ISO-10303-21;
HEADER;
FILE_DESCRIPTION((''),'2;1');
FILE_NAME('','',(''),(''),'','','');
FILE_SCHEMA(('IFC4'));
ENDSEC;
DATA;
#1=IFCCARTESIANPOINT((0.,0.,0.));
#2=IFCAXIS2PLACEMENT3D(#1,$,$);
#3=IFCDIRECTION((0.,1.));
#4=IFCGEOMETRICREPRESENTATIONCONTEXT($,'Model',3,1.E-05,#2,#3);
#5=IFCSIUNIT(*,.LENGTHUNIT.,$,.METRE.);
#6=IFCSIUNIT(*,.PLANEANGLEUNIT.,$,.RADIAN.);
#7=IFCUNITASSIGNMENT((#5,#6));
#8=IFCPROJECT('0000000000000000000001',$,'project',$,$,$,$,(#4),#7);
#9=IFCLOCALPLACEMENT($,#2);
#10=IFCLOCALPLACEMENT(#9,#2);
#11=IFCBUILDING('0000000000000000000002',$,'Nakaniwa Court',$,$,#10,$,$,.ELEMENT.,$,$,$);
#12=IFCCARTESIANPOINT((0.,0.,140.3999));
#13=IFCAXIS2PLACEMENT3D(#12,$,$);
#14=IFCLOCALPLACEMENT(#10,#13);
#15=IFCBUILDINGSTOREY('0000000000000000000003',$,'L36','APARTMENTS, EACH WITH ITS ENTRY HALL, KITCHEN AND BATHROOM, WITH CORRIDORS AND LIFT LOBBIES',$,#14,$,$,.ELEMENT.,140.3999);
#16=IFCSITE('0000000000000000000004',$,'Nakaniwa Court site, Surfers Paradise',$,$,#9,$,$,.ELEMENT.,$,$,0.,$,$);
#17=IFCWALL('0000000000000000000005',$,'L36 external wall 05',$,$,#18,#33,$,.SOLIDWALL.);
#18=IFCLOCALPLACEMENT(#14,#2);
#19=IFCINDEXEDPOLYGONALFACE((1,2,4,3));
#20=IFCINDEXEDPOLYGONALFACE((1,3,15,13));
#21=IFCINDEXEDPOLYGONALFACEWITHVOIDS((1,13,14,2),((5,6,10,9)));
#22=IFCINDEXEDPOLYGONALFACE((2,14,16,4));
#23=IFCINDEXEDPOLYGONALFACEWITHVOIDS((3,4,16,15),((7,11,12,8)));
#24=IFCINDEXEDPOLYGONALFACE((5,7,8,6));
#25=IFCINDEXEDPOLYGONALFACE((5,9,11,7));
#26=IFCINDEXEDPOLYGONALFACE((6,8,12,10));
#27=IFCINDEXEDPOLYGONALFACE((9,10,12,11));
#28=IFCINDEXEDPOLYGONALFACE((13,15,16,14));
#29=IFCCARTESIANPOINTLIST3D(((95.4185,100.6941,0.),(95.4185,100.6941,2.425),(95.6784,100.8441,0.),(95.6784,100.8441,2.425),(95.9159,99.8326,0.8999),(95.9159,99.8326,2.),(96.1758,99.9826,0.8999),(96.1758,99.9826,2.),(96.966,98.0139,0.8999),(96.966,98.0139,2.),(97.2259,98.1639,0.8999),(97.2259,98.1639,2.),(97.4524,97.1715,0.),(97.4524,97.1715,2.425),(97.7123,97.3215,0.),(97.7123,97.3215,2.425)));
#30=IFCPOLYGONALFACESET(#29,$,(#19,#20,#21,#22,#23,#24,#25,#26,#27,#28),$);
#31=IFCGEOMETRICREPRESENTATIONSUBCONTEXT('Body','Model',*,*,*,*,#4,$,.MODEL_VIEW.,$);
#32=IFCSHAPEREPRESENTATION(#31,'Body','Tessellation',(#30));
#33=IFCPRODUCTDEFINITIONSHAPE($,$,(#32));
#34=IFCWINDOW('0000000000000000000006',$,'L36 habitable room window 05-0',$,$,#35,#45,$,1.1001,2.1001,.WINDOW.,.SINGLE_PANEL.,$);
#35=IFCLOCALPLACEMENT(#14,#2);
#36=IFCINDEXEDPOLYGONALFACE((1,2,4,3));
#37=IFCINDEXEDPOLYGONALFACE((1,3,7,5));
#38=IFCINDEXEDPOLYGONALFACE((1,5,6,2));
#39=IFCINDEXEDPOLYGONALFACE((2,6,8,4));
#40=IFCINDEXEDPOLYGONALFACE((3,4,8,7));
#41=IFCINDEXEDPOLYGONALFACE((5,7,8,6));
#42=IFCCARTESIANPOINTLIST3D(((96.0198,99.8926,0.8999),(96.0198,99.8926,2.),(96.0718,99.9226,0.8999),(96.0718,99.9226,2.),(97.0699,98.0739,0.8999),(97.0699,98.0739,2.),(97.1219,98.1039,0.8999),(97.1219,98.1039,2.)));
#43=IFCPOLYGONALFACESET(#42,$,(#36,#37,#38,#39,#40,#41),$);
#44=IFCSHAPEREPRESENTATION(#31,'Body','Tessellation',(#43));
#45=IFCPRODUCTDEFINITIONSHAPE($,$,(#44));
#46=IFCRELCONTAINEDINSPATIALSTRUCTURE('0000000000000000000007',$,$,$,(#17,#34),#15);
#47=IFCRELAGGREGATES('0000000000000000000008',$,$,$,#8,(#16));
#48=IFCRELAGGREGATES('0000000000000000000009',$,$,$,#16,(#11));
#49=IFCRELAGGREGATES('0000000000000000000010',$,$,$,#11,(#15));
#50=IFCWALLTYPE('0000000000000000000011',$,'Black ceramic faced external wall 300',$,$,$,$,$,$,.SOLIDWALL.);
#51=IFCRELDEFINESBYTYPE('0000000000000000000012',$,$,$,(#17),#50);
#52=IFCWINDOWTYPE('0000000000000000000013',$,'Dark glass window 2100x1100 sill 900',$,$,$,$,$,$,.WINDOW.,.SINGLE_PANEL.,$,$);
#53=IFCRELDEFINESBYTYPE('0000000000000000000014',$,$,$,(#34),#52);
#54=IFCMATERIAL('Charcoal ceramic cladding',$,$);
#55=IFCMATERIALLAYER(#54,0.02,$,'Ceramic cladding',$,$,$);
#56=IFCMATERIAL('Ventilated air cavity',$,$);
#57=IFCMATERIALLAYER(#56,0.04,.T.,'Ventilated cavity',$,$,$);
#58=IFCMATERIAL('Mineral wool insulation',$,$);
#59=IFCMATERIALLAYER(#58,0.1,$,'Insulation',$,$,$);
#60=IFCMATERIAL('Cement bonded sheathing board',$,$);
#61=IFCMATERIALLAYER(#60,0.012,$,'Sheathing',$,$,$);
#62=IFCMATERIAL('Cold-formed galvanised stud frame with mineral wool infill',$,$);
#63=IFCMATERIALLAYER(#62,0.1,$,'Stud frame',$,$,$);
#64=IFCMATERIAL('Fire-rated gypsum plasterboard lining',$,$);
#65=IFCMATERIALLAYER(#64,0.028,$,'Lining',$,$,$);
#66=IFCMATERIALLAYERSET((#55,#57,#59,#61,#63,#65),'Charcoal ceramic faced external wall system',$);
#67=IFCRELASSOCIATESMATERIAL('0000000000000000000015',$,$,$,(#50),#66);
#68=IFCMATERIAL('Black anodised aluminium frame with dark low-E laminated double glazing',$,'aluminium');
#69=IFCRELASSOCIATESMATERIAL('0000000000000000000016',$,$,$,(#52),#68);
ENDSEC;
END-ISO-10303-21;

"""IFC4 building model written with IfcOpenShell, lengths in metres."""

from ifc_helpers import new_model, si_unit, direction, frame, frame_2d, origin, place, context, subcontext, project, spatial, rectangle, extrude, material, layer, layer_set, type_object, element, fill, save


model = new_model("IFC4")

# Units and contexts
model_context = context("Model", 3, precision=1e-05, world=origin(), true_north=direction((0.0, 1.0)))
body_context = subcontext(model_context, "Body", "Model", "MODEL_VIEW")
ifc_project = project(units=[si_unit("LENGTHUNIT", "METRE"), si_unit("PLANEANGLEUNIT", "RADIAN")], contexts=[model_context])

# Site, building, storey
site_placement = place(None, origin())
site = spatial("IfcSite", under=ifc_project, at=site_placement, Name="Nakaniwa Court site, Surfers Paradise", CompositionType="ELEMENT", RefElevation=0.0)
building_placement = place(site_placement, origin())
building = spatial("IfcBuilding", under=site, at=building_placement, Name="Nakaniwa Court", CompositionType="ELEMENT")
storey_placement = place(building_placement, frame((0.0, 0.0, 140.3999)))
storey = spatial("IfcBuildingStorey", under=building, at=storey_placement, Name="L36", Description="APARTMENTS, EACH WITH ITS ENTRY HALL, KITCHEN AND BATHROOM, WITH CORRIDORS AND LIFT LOBBIES", CompositionType="ELEMENT", Elevation=140.3999)

# Wall, opening, window
ifc_material_1 = material(Name="Charcoal ceramic cladding")
ifc_layer_1 = layer(ifc_material_1, 0.02, Name="Ceramic cladding")
ifc_material_2 = material(Name="Ventilated air cavity")
ifc_layer_2 = layer(ifc_material_2, 0.04, ventilated=True, Name="Ventilated cavity")
ifc_material_3 = material(Name="Mineral wool insulation")
ifc_layer_3 = layer(ifc_material_3, 0.1, Name="Insulation")
ifc_material_4 = material(Name="Cement bonded sheathing board")
ifc_layer_4 = layer(ifc_material_4, 0.012, Name="Sheathing")
ifc_material_5 = material(Name="Cold-formed galvanised stud frame with mineral wool infill")
ifc_layer_5 = layer(ifc_material_5, 0.1, Name="Stud frame")
ifc_material_6 = material(Name="Fire-rated gypsum plasterboard lining")
ifc_layer_6 = layer(ifc_material_6, 0.028, Name="Lining")
ifc_layer_set_1 = layer_set([ifc_layer_1, ifc_layer_2, ifc_layer_3, ifc_layer_4, ifc_layer_5, ifc_layer_6], Name="Charcoal ceramic faced external wall system")
wall_type_1 = type_object("IfcWallType", Name="Black ceramic faced external wall 300", PredefinedType="SOLIDWALL", material=ifc_layer_set_1)
ifc_material_7 = material(Name="Black anodised aluminium frame with dark low-E laminated double glazing", Category="aluminium")
window_type = type_object("IfcWindowType", Name="Dark glass window 2100x1100 sill 900", PartitioningType="SINGLE_PANEL", PredefinedType="WINDOW", material=ifc_material_7)
wall_1_placement = place(storey_placement, frame((97.5823, 97.2466, 0.0), z_axis=(0.0, 0.0, 1.0), x_axis=(-0.500019, 0.866015, 0.0)))
wall_1 = element("IfcWall", 1, at=wall_1_placement, inside=storey, type_object=wall_type_1, Name="L36 external wall 05", PredefinedType="SOLIDWALL", context=body_context, shape_type="SweptSolid", body=[
    extrude(rectangle(XDim=4.0676, YDim=0.3, at=frame_2d((2.0337, 0.0))), origin(), (0.0, 0.0, 1.0), 2.425),
])
opening_1_placement = place(wall_1_placement, frame((0.9727, 0.0, 0.8999)))
opening_1 = element("IfcOpeningElement", 2, at=opening_1_placement, cuts=wall_1, PredefinedType="OPENING", context=body_context, shape_type="SweptSolid", body=[
    extrude(rectangle(XDim=2.1001, YDim=1.1001, at=frame_2d((1.05, 0.55))), frame((0.0, 0.1599, 0.0), z_axis=(0.0, -1.0, 0.0), x_axis=(1.0, 0.0, 0.0)), (0.0, 0.0, 1.0), 0.3201),
])
window_1_placement = place(opening_1_placement, origin())
window_1 = element("IfcWindow", 3, at=window_1_placement, inside=storey, type_object=window_type, Name="L36 habitable room window 05-0", OverallHeight=1.1001, OverallWidth=2.1001, PartitioningType="SINGLE_PANEL", PredefinedType="WINDOW", context=body_context, shape_type="SweptSolid", body=[
    extrude(rectangle(XDim=2.1001, YDim=1.1001, at=frame_2d((1.05, 0.55))), frame((0.0, 0.03, 0.0), z_axis=(0.0, -1.0, 0.0), x_axis=(1.0, 0.0, 0.0)), (0.0, 0.0, 1.0), 0.0601),
])
fill(opening_1, window_1)

save(model, "model.ifc")
